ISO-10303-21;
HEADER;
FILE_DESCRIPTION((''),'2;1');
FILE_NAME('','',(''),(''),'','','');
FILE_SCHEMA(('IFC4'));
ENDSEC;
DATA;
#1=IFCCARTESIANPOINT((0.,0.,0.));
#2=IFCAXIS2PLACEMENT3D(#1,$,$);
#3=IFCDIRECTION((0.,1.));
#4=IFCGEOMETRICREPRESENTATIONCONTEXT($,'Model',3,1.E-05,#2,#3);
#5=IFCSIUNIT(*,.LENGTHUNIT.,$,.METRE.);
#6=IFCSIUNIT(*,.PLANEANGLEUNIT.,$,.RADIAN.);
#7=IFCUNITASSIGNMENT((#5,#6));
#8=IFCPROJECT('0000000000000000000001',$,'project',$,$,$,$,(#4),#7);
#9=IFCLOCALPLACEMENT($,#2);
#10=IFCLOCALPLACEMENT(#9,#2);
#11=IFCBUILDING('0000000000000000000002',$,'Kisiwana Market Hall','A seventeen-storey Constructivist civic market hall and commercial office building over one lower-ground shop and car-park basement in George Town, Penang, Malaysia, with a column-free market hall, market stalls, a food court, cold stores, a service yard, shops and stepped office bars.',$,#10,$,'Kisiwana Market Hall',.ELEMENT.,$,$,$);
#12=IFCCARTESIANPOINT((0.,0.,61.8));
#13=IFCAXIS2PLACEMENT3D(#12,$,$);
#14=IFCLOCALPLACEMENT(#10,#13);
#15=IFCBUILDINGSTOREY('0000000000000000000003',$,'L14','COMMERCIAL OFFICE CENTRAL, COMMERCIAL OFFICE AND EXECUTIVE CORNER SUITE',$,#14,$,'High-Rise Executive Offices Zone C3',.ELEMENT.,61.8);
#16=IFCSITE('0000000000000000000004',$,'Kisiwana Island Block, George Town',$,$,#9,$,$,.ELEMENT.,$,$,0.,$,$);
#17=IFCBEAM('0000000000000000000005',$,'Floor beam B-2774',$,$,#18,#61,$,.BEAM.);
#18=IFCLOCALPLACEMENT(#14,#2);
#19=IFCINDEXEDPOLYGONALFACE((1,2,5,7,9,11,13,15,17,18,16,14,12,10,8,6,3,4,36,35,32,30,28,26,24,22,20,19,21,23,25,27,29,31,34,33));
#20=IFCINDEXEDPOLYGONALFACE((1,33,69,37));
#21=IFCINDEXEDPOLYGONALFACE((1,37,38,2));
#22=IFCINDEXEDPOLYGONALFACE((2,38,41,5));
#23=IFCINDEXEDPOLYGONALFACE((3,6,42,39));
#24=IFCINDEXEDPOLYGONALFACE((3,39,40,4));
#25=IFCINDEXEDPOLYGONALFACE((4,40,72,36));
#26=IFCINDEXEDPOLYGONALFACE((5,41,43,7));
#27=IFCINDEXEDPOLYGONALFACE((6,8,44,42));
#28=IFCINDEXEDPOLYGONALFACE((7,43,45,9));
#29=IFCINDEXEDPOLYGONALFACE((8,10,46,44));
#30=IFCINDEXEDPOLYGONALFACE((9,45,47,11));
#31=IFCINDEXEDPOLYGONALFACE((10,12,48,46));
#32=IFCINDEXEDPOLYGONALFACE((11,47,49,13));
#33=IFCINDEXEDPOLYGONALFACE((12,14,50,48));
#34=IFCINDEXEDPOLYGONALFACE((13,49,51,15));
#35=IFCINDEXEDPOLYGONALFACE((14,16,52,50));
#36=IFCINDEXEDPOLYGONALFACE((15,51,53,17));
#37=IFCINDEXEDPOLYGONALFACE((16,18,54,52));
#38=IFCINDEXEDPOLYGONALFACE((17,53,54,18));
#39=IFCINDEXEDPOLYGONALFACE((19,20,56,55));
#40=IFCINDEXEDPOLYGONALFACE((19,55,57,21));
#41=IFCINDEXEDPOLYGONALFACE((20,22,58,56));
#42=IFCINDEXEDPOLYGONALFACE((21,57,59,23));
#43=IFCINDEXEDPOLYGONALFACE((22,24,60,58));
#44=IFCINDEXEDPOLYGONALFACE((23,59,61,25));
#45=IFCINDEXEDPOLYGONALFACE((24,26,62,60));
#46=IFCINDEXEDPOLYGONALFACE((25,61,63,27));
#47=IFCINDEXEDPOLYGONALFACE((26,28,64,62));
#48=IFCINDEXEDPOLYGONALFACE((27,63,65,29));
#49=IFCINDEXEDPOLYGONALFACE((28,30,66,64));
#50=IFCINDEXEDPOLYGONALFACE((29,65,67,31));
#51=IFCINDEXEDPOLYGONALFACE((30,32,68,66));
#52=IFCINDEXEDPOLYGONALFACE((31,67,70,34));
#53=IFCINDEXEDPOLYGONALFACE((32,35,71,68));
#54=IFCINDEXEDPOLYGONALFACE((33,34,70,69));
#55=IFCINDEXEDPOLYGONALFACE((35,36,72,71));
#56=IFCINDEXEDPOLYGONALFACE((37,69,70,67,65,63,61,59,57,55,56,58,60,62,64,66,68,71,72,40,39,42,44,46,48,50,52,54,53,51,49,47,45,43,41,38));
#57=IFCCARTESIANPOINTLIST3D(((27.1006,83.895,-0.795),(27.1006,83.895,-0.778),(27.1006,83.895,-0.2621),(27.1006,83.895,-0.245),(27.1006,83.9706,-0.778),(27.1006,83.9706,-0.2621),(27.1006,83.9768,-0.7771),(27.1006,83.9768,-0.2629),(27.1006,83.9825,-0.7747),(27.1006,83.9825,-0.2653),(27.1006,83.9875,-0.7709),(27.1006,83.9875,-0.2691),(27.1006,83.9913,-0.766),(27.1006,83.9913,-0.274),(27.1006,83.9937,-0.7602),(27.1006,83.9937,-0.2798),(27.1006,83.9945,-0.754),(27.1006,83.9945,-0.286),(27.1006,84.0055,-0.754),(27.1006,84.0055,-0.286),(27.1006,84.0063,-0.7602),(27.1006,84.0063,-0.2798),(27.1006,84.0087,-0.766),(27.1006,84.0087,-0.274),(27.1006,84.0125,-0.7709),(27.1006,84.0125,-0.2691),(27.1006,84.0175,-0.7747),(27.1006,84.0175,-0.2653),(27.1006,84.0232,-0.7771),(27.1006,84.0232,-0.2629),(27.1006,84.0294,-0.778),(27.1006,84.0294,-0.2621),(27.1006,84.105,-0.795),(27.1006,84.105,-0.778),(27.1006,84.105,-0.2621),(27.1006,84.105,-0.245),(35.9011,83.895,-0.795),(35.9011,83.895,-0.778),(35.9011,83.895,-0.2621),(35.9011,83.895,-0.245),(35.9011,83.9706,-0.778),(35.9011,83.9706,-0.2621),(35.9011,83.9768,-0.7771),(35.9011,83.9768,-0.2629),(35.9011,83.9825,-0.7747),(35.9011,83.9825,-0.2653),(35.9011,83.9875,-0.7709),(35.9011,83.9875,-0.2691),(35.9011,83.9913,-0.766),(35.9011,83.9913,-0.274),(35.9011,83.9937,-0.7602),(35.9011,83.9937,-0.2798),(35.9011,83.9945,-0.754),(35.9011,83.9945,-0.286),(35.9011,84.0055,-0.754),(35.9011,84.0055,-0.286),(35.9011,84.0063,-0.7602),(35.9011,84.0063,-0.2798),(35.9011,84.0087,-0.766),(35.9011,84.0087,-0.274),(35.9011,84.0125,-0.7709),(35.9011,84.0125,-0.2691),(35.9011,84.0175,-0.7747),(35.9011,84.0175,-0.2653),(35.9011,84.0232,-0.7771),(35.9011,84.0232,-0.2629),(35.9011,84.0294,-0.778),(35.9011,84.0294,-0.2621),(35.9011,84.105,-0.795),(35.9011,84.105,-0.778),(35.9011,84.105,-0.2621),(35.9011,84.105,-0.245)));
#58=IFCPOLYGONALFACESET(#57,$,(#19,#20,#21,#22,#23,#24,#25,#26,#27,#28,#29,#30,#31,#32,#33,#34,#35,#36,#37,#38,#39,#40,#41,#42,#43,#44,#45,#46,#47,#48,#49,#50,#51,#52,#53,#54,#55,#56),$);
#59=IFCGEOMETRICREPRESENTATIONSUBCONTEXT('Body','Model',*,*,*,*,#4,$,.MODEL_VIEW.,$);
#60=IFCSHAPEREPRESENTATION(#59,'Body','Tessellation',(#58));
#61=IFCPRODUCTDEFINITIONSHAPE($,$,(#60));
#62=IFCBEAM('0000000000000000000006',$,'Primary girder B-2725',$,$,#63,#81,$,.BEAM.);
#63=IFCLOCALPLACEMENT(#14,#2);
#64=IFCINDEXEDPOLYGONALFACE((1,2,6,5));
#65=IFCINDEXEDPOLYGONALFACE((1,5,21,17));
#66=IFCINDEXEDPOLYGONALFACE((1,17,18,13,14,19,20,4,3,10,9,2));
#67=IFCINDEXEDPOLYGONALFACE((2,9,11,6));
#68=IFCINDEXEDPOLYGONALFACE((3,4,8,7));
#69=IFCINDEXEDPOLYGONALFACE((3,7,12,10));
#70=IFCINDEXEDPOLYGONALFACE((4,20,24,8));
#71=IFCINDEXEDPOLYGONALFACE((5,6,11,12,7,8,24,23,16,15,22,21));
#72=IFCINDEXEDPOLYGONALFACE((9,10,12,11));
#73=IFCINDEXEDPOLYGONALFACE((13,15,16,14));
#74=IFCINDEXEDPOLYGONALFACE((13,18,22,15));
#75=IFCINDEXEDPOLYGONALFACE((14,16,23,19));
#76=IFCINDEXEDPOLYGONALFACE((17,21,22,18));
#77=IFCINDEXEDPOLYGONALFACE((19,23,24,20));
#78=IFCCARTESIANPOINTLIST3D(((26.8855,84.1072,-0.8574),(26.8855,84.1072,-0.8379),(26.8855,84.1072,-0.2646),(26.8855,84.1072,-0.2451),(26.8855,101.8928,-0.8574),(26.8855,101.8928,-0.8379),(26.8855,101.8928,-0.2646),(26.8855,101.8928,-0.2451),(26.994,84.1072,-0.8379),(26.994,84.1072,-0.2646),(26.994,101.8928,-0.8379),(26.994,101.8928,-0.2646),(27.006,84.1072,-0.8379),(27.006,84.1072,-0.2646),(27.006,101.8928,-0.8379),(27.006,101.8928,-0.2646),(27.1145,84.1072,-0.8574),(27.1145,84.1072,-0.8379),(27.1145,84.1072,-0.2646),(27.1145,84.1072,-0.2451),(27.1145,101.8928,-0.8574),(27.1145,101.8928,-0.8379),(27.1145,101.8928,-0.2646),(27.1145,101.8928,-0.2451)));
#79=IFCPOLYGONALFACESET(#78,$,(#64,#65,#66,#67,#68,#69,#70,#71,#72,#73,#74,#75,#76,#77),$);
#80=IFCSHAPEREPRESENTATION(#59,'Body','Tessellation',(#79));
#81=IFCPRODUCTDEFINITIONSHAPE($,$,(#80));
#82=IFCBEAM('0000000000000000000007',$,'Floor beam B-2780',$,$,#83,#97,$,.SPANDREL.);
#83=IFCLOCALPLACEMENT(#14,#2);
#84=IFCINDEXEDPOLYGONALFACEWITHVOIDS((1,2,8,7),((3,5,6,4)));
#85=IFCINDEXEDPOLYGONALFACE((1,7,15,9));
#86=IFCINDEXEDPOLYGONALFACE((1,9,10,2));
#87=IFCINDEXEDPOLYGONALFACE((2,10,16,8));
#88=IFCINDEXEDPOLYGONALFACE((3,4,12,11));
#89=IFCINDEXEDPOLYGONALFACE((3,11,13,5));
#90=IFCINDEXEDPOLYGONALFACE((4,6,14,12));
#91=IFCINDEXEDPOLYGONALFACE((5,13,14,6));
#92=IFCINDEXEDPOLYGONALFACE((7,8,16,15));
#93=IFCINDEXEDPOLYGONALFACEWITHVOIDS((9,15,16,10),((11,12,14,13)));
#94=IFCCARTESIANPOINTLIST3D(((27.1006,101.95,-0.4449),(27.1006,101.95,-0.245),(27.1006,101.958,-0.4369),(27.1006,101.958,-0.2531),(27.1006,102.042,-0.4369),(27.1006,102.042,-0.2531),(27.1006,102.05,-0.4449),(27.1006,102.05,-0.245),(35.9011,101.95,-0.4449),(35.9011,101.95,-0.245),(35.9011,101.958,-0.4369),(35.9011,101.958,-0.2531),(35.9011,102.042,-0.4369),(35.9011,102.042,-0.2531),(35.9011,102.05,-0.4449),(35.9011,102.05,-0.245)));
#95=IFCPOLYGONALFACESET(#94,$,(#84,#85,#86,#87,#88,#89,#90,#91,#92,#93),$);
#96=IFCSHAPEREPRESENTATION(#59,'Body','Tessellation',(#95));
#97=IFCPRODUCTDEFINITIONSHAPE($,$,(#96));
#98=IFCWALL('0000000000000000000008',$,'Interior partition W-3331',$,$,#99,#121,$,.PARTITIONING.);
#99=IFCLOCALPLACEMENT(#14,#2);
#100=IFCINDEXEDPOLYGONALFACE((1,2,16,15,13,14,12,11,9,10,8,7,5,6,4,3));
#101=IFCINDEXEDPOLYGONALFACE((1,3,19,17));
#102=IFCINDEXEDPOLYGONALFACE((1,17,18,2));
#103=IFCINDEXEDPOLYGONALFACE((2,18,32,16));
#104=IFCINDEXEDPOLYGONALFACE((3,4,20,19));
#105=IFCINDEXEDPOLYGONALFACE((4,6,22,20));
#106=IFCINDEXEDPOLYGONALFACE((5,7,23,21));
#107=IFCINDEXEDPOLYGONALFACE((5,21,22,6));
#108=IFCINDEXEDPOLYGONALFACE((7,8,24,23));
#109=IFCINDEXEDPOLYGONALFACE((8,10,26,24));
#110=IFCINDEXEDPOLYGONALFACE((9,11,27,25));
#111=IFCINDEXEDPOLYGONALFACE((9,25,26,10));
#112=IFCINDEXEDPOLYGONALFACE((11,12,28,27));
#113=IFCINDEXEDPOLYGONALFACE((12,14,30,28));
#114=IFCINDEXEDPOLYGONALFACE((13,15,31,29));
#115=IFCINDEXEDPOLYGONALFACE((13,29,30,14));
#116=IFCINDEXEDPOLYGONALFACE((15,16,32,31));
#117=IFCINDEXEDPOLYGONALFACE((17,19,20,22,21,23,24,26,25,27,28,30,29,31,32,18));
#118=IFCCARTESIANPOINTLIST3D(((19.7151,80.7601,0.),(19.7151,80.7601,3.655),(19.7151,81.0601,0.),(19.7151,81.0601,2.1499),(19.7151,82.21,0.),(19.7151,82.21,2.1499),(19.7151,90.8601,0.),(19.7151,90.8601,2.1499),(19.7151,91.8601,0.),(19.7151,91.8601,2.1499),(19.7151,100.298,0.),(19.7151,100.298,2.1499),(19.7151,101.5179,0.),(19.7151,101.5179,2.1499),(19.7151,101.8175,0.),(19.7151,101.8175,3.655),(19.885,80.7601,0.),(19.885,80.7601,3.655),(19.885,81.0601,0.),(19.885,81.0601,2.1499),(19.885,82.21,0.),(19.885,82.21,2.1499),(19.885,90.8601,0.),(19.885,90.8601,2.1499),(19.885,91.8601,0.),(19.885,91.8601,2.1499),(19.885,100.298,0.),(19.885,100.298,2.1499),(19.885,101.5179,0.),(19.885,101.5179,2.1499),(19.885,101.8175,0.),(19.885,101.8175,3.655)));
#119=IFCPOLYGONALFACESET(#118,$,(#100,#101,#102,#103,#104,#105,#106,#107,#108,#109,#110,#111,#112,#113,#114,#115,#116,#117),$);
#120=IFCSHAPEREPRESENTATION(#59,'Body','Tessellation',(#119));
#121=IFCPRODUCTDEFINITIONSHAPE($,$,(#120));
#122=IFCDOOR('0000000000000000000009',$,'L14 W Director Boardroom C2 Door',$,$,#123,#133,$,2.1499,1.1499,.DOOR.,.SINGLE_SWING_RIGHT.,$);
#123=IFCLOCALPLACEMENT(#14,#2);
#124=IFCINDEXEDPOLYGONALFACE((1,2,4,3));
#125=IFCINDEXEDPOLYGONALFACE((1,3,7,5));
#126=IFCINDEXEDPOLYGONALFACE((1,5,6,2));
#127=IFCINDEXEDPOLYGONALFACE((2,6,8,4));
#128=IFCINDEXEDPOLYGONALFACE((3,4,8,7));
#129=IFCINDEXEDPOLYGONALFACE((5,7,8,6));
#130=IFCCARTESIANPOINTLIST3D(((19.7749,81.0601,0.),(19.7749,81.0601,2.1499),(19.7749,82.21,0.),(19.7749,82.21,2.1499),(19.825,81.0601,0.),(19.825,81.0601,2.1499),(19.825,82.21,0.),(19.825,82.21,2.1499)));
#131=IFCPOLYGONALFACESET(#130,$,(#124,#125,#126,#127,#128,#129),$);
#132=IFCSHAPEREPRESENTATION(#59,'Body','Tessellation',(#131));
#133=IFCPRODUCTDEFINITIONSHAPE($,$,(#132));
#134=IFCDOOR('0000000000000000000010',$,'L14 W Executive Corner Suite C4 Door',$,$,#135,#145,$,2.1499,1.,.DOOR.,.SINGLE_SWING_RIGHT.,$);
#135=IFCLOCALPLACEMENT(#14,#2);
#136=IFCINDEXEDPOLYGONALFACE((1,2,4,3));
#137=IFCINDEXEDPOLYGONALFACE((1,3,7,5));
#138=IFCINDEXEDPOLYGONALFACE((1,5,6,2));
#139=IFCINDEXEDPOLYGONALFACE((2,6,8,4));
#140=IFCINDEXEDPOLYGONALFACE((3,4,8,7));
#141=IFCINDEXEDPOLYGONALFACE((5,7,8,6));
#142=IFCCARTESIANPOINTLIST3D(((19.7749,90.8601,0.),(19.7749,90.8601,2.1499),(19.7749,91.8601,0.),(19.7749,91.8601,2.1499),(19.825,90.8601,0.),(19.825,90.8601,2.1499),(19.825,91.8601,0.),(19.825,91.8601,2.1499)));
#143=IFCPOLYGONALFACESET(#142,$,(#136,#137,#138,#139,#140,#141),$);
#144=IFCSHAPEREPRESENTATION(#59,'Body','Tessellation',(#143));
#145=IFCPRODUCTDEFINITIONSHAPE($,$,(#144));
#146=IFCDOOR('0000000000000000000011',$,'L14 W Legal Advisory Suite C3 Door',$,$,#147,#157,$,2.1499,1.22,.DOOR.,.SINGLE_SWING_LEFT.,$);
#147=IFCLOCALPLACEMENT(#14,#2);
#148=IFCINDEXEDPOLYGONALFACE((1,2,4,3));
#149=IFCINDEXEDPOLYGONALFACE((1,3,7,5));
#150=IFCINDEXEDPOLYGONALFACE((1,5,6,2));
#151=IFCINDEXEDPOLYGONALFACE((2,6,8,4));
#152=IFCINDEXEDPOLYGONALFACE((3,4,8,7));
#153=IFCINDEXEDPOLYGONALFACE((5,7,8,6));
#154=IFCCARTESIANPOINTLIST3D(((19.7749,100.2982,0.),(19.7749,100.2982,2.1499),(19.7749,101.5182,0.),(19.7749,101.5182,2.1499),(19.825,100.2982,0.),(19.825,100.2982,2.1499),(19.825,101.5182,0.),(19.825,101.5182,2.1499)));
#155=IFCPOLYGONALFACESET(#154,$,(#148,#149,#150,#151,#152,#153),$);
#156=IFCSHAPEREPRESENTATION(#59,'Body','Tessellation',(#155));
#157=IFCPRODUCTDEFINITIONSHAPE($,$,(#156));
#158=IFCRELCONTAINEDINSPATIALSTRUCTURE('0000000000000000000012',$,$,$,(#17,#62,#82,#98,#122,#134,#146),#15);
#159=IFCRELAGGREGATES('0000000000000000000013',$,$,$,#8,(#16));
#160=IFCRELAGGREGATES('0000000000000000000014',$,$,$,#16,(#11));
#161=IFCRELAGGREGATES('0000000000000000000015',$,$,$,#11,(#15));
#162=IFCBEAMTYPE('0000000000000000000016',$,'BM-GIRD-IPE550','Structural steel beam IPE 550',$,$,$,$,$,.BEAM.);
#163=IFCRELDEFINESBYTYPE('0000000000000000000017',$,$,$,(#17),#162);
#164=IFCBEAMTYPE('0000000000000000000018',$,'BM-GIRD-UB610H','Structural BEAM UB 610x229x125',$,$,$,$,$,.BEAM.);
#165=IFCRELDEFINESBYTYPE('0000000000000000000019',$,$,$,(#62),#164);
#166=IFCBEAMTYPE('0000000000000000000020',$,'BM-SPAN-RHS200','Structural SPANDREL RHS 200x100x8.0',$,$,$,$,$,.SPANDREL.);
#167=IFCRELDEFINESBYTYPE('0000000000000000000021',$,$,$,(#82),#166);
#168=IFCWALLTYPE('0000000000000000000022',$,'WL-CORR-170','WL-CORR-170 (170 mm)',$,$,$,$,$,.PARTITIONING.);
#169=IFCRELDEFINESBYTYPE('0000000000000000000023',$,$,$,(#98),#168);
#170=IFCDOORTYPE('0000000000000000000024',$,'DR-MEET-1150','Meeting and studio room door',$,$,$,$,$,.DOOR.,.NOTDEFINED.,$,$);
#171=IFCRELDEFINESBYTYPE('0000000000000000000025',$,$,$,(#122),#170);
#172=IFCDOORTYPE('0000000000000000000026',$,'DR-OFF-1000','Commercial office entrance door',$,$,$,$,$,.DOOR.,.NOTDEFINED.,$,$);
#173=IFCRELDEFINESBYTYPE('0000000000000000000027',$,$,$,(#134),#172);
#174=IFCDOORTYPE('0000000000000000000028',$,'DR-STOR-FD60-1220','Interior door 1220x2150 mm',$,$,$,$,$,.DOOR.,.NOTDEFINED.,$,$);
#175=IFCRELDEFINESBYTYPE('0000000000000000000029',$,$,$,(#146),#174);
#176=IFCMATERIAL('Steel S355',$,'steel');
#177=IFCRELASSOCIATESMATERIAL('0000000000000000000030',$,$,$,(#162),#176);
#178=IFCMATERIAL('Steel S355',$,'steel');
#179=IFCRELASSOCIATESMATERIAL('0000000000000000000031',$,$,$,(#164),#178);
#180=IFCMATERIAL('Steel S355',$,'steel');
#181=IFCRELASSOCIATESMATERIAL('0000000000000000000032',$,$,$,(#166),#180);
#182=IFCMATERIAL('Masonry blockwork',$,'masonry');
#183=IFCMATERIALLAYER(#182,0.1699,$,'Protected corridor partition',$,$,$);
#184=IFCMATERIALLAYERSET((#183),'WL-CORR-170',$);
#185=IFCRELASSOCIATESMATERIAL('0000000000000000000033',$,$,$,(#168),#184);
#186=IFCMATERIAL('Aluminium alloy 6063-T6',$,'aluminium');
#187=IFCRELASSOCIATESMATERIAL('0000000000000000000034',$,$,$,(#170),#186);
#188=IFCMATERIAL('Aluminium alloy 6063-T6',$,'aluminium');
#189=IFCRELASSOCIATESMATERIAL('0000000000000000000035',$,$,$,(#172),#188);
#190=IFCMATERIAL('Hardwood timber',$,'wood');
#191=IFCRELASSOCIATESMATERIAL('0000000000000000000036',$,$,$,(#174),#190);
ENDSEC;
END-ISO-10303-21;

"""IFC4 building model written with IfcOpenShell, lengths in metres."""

from ifc_helpers import new_model, si_unit, direction, frame, frame_2d, origin, origin_2d, place, context, subcontext, project, spatial, rectangle, hollow_rectangle, i_section, extrude, material, layer, layer_set, material_profile, profile_set, type_object, element, fill, save


model = new_model("IFC4")

# Units and contexts
model_context = context("Model", 3, precision=1e-05, world=origin(), true_north=direction((0.0, 1.0)))
body_context = subcontext(model_context, "Body", "Model", "MODEL_VIEW")
ifc_project = project(units=[si_unit("LENGTHUNIT", "METRE"), si_unit("PLANEANGLEUNIT", "RADIAN")], contexts=[model_context])

# Site, building, storey
site_placement = place(None, origin())
site = spatial("IfcSite", under=ifc_project, at=site_placement, Name="Kisiwana Island Block, George Town", CompositionType="ELEMENT", RefElevation=0.0)
building_placement = place(site_placement, origin())
building = spatial("IfcBuilding", under=site, at=building_placement, Name="Kisiwana Market Hall", Description="A seventeen-storey Constructivist civic market hall and commercial office building over one lower-ground shop and car-park basement in George Town, Penang, Malaysia, with a column-free market hall, market stalls, a food court, cold stores, a service yard, shops and stepped office bars.", LongName="Kisiwana Market Hall", CompositionType="ELEMENT")
storey_placement = place(building_placement, frame((0.0, 0.0, 61.8)))
storey = spatial("IfcBuildingStorey", under=building, at=storey_placement, Name="L14", Description="COMMERCIAL OFFICE CENTRAL, COMMERCIAL OFFICE AND EXECUTIVE CORNER SUITE", LongName="High-Rise Executive Offices Zone C3", CompositionType="ELEMENT", Elevation=61.8)

# Beams
ifc_material_1 = material(Name="Steel S355", Category="steel")
ifc_material_profile_1 = material_profile(ifc_material_1, i_section(OverallWidth=0.21, OverallDepth=0.55, WebThickness=0.011, FlangeThickness=0.0171, FilletRadius=0.0239, at=origin_2d()), Name="IPE 550")
ifc_profile_set_1 = profile_set([ifc_material_profile_1], Name="Steel S355")
beam_type_1 = type_object("IfcBeamType", Name="BM-GIRD-IPE550", Description="Structural steel beam IPE 550", PredefinedType="BEAM", material=ifc_profile_set_1)
beam_1_placement = place(storey_placement, frame((27.1006, 84.0, -0.52), z_axis=(1.0, 0.0, 0.0), x_axis=(0.0, 1.0, 0.0)))
element("IfcBeam", 1, at=beam_1_placement, inside=storey, type_object=beam_type_1, Name="Floor beam B-2774", PredefinedType="BEAM", context=body_context, shape_type="SweptSolid", body=[
    extrude(i_section(OverallWidth=0.21, OverallDepth=0.55, WebThickness=0.011, FlangeThickness=0.0171, FilletRadius=0.0239, at=origin_2d()), origin(), (0.0, 0.0, 1.0), 8.8005),
])
ifc_material_2 = material(Name="Steel S355", Category="steel")
ifc_material_profile_2 = material_profile(ifc_material_2, i_section(OverallWidth=0.229, OverallDepth=0.6123, WebThickness=0.012, FlangeThickness=0.0195, at=origin_2d()), Name="UB 610x229x125")
ifc_profile_set_2 = profile_set([ifc_material_profile_2], Name="Steel S355")
beam_type_2 = type_object("IfcBeamType", Name="BM-GIRD-UB610H", Description="Structural BEAM UB 610x229x125", PredefinedType="BEAM", material=ifc_profile_set_2)
beam_2_placement = place(storey_placement, frame((27.0, 84.1072, -0.5513), z_axis=(0.0, 1.0, 0.0), x_axis=(-1.0, 0.0, 0.0)))
element("IfcBeam", 2, at=beam_2_placement, inside=storey, type_object=beam_type_2, Name="Primary girder B-2725", PredefinedType="BEAM", context=body_context, shape_type="SweptSolid", body=[
    extrude(i_section(OverallWidth=0.229, OverallDepth=0.6123, WebThickness=0.012, FlangeThickness=0.0195, at=origin_2d()), origin(), (0.0, 0.0, 1.0), 17.7856),
])
ifc_material_3 = material(Name="Steel S355", Category="steel")
ifc_material_profile_3 = material_profile(ifc_material_3, hollow_rectangle(XDim=0.1001, YDim=0.2, WallThickness=0.0081, at=origin_2d()), Name="RHS 200x100x8.0")
ifc_profile_set_3 = profile_set([ifc_material_profile_3], Name="Steel S355")
beam_type_3 = type_object("IfcBeamType", Name="BM-SPAN-RHS200", Description="Structural SPANDREL RHS 200x100x8.0", PredefinedType="SPANDREL", material=ifc_profile_set_3)
beam_3_placement = place(storey_placement, frame((27.1006, 102.0, -0.345), z_axis=(1.0, 0.0, 0.0), x_axis=(0.0, 1.0, 0.0)))
element("IfcBeam", 3, at=beam_3_placement, inside=storey, type_object=beam_type_3, Name="Floor beam B-2780", PredefinedType="SPANDREL", context=body_context, shape_type="SweptSolid", body=[
    extrude(hollow_rectangle(XDim=0.1001, YDim=0.2, WallThickness=0.0081, at=origin_2d()), origin(), (0.0, 0.0, 1.0), 8.8005),
])

# Wall, openings, doors
ifc_material_4 = material(Name="Masonry blockwork", Category="masonry")
ifc_layer_1 = layer(ifc_material_4, 0.1699, Name="Protected corridor partition")
ifc_layer_set_1 = layer_set([ifc_layer_1], Name="WL-CORR-170")
wall_type_1 = type_object("IfcWallType", Name="WL-CORR-170", Description="WL-CORR-170 (170 mm)", PredefinedType="PARTITIONING", material=ifc_layer_set_1)
wall_1_placement = place(storey_placement, frame((19.8, 80.76, 0.0), z_axis=(0.0, 0.0, 1.0), x_axis=(0.0, 1.0, 0.0)))
wall_1 = element("IfcWall", 4, at=wall_1_placement, inside=storey, type_object=wall_type_1, Name="Interior partition W-3331", PredefinedType="PARTITIONING", context=body_context, shape_type="SweptSolid", body=[
    extrude(rectangle(XDim=21.0574, YDim=0.1699, at=frame_2d((10.5288, 0.0))), origin(), (0.0, 0.0, 1.0), 3.655),
])
opening_1_placement = place(wall_1_placement, frame((10.1001, 0.0, 0.0)))
opening_1 = element("IfcOpeningElement", 5, at=opening_1_placement, cuts=wall_1, PredefinedType="OPENING", context=body_context, shape_type="SweptSolid", body=[
    extrude(rectangle(XDim=1.0, YDim=2.1499, at=frame_2d((0.5, 1.075))), frame((0.0, 0.0969, 0.0), z_axis=(0.0, -1.0, 0.0), x_axis=(1.0, 0.0, 0.0)), (0.0, 0.0, 1.0), 0.1938),
])
opening_2_placement = place(wall_1_placement, frame((0.3, 0.0, 0.0)))
opening_2 = element("IfcOpeningElement", 6, at=opening_2_placement, cuts=wall_1, PredefinedType="OPENING", context=body_context, shape_type="SweptSolid", body=[
    extrude(rectangle(XDim=1.1499, YDim=2.1499, at=frame_2d((0.575, 1.075))), frame((0.0, 0.0969, 0.0), z_axis=(0.0, -1.0, 0.0), x_axis=(1.0, 0.0, 0.0)), (0.0, 0.0, 1.0), 0.1938),
])
opening_3_placement = place(wall_1_placement, frame((19.5381, 0.0, 0.0)))
opening_3 = element("IfcOpeningElement", 7, at=opening_3_placement, cuts=wall_1, PredefinedType="OPENING", context=body_context, shape_type="SweptSolid", body=[
    extrude(rectangle(XDim=1.22, YDim=2.1499, at=frame_2d((0.6099, 1.075))), frame((0.0, 0.0969, 0.0), z_axis=(0.0, -1.0, 0.0), x_axis=(1.0, 0.0, 0.0)), (0.0, 0.0, 1.0), 0.1938),
])
ifc_material_5 = material(Name="Aluminium alloy 6063-T6", Category="aluminium")
door_type_1 = type_object("IfcDoorType", Name="DR-MEET-1150", Description="Meeting and studio room door", OperationType="NOTDEFINED", PredefinedType="DOOR", material=ifc_material_5)
door_1_placement = place(opening_2_placement, frame((1.1499, 0.0, 0.0), z_axis=(0.0, 0.0, 1.0), x_axis=(-1.0, 0.0, 0.0)))
door_1 = element("IfcDoor", 8, at=door_1_placement, inside=storey, type_object=door_type_1, Name="L14 W Director Boardroom C2 Door", OperationType="SINGLE_SWING_RIGHT", OverallHeight=2.1499, OverallWidth=1.1499, PredefinedType="DOOR", context=body_context, shape_type="SweptSolid", body=[
    extrude(rectangle(XDim=1.1499, YDim=2.1499, at=frame_2d((0.575, 1.075))), frame((0.0, 0.0249, 0.0), z_axis=(0.0, -1.0, 0.0), x_axis=(1.0, 0.0, 0.0)), (0.0, 0.0, 1.0), 0.05),
])
fill(opening_2, door_1)
ifc_material_6 = material(Name="Aluminium alloy 6063-T6", Category="aluminium")
door_type_2 = type_object("IfcDoorType", Name="DR-OFF-1000", Description="Commercial office entrance door", OperationType="NOTDEFINED", PredefinedType="DOOR", material=ifc_material_6)
door_2_placement = place(opening_1_placement, frame((1.0, 0.0, 0.0), z_axis=(0.0, 0.0, 1.0), x_axis=(-1.0, 0.0, 0.0)))
door_2 = element("IfcDoor", 9, at=door_2_placement, inside=storey, type_object=door_type_2, Name="L14 W Executive Corner Suite C4 Door", OperationType="SINGLE_SWING_RIGHT", OverallHeight=2.1499, OverallWidth=1.0, PredefinedType="DOOR", context=body_context, shape_type="SweptSolid", body=[
    extrude(rectangle(XDim=1.0, YDim=2.1499, at=frame_2d((0.5, 1.075))), frame((0.0, 0.0249, 0.0), z_axis=(0.0, -1.0, 0.0), x_axis=(1.0, 0.0, 0.0)), (0.0, 0.0, 1.0), 0.05),
])
fill(opening_1, door_2)
ifc_material_7 = material(Name="Hardwood timber", Category="wood")
door_type_3 = type_object("IfcDoorType", Name="DR-STOR-FD60-1220", Description="Interior door 1220x2150 mm", OperationType="NOTDEFINED", PredefinedType="DOOR", material=ifc_material_7)
door_3_placement = place(opening_3_placement, frame((1.22, 0.0, 0.0), z_axis=(0.0, 0.0, 1.0), x_axis=(-1.0, 0.0, 0.0)))
door_3 = element("IfcDoor", 10, at=door_3_placement, inside=storey, type_object=door_type_3, Name="L14 W Legal Advisory Suite C3 Door", OperationType="SINGLE_SWING_LEFT", OverallHeight=2.1499, OverallWidth=1.22, PredefinedType="DOOR", context=body_context, shape_type="SweptSolid", body=[
    extrude(rectangle(XDim=1.22, YDim=2.1499, at=frame_2d((0.6099, 1.075))), frame((0.0, 0.0249, 0.0), z_axis=(0.0, -1.0, 0.0), x_axis=(1.0, 0.0, 0.0)), (0.0, 0.0, 1.0), 0.05),
])
fill(opening_3, door_3)

save(model, "model.ifc")
